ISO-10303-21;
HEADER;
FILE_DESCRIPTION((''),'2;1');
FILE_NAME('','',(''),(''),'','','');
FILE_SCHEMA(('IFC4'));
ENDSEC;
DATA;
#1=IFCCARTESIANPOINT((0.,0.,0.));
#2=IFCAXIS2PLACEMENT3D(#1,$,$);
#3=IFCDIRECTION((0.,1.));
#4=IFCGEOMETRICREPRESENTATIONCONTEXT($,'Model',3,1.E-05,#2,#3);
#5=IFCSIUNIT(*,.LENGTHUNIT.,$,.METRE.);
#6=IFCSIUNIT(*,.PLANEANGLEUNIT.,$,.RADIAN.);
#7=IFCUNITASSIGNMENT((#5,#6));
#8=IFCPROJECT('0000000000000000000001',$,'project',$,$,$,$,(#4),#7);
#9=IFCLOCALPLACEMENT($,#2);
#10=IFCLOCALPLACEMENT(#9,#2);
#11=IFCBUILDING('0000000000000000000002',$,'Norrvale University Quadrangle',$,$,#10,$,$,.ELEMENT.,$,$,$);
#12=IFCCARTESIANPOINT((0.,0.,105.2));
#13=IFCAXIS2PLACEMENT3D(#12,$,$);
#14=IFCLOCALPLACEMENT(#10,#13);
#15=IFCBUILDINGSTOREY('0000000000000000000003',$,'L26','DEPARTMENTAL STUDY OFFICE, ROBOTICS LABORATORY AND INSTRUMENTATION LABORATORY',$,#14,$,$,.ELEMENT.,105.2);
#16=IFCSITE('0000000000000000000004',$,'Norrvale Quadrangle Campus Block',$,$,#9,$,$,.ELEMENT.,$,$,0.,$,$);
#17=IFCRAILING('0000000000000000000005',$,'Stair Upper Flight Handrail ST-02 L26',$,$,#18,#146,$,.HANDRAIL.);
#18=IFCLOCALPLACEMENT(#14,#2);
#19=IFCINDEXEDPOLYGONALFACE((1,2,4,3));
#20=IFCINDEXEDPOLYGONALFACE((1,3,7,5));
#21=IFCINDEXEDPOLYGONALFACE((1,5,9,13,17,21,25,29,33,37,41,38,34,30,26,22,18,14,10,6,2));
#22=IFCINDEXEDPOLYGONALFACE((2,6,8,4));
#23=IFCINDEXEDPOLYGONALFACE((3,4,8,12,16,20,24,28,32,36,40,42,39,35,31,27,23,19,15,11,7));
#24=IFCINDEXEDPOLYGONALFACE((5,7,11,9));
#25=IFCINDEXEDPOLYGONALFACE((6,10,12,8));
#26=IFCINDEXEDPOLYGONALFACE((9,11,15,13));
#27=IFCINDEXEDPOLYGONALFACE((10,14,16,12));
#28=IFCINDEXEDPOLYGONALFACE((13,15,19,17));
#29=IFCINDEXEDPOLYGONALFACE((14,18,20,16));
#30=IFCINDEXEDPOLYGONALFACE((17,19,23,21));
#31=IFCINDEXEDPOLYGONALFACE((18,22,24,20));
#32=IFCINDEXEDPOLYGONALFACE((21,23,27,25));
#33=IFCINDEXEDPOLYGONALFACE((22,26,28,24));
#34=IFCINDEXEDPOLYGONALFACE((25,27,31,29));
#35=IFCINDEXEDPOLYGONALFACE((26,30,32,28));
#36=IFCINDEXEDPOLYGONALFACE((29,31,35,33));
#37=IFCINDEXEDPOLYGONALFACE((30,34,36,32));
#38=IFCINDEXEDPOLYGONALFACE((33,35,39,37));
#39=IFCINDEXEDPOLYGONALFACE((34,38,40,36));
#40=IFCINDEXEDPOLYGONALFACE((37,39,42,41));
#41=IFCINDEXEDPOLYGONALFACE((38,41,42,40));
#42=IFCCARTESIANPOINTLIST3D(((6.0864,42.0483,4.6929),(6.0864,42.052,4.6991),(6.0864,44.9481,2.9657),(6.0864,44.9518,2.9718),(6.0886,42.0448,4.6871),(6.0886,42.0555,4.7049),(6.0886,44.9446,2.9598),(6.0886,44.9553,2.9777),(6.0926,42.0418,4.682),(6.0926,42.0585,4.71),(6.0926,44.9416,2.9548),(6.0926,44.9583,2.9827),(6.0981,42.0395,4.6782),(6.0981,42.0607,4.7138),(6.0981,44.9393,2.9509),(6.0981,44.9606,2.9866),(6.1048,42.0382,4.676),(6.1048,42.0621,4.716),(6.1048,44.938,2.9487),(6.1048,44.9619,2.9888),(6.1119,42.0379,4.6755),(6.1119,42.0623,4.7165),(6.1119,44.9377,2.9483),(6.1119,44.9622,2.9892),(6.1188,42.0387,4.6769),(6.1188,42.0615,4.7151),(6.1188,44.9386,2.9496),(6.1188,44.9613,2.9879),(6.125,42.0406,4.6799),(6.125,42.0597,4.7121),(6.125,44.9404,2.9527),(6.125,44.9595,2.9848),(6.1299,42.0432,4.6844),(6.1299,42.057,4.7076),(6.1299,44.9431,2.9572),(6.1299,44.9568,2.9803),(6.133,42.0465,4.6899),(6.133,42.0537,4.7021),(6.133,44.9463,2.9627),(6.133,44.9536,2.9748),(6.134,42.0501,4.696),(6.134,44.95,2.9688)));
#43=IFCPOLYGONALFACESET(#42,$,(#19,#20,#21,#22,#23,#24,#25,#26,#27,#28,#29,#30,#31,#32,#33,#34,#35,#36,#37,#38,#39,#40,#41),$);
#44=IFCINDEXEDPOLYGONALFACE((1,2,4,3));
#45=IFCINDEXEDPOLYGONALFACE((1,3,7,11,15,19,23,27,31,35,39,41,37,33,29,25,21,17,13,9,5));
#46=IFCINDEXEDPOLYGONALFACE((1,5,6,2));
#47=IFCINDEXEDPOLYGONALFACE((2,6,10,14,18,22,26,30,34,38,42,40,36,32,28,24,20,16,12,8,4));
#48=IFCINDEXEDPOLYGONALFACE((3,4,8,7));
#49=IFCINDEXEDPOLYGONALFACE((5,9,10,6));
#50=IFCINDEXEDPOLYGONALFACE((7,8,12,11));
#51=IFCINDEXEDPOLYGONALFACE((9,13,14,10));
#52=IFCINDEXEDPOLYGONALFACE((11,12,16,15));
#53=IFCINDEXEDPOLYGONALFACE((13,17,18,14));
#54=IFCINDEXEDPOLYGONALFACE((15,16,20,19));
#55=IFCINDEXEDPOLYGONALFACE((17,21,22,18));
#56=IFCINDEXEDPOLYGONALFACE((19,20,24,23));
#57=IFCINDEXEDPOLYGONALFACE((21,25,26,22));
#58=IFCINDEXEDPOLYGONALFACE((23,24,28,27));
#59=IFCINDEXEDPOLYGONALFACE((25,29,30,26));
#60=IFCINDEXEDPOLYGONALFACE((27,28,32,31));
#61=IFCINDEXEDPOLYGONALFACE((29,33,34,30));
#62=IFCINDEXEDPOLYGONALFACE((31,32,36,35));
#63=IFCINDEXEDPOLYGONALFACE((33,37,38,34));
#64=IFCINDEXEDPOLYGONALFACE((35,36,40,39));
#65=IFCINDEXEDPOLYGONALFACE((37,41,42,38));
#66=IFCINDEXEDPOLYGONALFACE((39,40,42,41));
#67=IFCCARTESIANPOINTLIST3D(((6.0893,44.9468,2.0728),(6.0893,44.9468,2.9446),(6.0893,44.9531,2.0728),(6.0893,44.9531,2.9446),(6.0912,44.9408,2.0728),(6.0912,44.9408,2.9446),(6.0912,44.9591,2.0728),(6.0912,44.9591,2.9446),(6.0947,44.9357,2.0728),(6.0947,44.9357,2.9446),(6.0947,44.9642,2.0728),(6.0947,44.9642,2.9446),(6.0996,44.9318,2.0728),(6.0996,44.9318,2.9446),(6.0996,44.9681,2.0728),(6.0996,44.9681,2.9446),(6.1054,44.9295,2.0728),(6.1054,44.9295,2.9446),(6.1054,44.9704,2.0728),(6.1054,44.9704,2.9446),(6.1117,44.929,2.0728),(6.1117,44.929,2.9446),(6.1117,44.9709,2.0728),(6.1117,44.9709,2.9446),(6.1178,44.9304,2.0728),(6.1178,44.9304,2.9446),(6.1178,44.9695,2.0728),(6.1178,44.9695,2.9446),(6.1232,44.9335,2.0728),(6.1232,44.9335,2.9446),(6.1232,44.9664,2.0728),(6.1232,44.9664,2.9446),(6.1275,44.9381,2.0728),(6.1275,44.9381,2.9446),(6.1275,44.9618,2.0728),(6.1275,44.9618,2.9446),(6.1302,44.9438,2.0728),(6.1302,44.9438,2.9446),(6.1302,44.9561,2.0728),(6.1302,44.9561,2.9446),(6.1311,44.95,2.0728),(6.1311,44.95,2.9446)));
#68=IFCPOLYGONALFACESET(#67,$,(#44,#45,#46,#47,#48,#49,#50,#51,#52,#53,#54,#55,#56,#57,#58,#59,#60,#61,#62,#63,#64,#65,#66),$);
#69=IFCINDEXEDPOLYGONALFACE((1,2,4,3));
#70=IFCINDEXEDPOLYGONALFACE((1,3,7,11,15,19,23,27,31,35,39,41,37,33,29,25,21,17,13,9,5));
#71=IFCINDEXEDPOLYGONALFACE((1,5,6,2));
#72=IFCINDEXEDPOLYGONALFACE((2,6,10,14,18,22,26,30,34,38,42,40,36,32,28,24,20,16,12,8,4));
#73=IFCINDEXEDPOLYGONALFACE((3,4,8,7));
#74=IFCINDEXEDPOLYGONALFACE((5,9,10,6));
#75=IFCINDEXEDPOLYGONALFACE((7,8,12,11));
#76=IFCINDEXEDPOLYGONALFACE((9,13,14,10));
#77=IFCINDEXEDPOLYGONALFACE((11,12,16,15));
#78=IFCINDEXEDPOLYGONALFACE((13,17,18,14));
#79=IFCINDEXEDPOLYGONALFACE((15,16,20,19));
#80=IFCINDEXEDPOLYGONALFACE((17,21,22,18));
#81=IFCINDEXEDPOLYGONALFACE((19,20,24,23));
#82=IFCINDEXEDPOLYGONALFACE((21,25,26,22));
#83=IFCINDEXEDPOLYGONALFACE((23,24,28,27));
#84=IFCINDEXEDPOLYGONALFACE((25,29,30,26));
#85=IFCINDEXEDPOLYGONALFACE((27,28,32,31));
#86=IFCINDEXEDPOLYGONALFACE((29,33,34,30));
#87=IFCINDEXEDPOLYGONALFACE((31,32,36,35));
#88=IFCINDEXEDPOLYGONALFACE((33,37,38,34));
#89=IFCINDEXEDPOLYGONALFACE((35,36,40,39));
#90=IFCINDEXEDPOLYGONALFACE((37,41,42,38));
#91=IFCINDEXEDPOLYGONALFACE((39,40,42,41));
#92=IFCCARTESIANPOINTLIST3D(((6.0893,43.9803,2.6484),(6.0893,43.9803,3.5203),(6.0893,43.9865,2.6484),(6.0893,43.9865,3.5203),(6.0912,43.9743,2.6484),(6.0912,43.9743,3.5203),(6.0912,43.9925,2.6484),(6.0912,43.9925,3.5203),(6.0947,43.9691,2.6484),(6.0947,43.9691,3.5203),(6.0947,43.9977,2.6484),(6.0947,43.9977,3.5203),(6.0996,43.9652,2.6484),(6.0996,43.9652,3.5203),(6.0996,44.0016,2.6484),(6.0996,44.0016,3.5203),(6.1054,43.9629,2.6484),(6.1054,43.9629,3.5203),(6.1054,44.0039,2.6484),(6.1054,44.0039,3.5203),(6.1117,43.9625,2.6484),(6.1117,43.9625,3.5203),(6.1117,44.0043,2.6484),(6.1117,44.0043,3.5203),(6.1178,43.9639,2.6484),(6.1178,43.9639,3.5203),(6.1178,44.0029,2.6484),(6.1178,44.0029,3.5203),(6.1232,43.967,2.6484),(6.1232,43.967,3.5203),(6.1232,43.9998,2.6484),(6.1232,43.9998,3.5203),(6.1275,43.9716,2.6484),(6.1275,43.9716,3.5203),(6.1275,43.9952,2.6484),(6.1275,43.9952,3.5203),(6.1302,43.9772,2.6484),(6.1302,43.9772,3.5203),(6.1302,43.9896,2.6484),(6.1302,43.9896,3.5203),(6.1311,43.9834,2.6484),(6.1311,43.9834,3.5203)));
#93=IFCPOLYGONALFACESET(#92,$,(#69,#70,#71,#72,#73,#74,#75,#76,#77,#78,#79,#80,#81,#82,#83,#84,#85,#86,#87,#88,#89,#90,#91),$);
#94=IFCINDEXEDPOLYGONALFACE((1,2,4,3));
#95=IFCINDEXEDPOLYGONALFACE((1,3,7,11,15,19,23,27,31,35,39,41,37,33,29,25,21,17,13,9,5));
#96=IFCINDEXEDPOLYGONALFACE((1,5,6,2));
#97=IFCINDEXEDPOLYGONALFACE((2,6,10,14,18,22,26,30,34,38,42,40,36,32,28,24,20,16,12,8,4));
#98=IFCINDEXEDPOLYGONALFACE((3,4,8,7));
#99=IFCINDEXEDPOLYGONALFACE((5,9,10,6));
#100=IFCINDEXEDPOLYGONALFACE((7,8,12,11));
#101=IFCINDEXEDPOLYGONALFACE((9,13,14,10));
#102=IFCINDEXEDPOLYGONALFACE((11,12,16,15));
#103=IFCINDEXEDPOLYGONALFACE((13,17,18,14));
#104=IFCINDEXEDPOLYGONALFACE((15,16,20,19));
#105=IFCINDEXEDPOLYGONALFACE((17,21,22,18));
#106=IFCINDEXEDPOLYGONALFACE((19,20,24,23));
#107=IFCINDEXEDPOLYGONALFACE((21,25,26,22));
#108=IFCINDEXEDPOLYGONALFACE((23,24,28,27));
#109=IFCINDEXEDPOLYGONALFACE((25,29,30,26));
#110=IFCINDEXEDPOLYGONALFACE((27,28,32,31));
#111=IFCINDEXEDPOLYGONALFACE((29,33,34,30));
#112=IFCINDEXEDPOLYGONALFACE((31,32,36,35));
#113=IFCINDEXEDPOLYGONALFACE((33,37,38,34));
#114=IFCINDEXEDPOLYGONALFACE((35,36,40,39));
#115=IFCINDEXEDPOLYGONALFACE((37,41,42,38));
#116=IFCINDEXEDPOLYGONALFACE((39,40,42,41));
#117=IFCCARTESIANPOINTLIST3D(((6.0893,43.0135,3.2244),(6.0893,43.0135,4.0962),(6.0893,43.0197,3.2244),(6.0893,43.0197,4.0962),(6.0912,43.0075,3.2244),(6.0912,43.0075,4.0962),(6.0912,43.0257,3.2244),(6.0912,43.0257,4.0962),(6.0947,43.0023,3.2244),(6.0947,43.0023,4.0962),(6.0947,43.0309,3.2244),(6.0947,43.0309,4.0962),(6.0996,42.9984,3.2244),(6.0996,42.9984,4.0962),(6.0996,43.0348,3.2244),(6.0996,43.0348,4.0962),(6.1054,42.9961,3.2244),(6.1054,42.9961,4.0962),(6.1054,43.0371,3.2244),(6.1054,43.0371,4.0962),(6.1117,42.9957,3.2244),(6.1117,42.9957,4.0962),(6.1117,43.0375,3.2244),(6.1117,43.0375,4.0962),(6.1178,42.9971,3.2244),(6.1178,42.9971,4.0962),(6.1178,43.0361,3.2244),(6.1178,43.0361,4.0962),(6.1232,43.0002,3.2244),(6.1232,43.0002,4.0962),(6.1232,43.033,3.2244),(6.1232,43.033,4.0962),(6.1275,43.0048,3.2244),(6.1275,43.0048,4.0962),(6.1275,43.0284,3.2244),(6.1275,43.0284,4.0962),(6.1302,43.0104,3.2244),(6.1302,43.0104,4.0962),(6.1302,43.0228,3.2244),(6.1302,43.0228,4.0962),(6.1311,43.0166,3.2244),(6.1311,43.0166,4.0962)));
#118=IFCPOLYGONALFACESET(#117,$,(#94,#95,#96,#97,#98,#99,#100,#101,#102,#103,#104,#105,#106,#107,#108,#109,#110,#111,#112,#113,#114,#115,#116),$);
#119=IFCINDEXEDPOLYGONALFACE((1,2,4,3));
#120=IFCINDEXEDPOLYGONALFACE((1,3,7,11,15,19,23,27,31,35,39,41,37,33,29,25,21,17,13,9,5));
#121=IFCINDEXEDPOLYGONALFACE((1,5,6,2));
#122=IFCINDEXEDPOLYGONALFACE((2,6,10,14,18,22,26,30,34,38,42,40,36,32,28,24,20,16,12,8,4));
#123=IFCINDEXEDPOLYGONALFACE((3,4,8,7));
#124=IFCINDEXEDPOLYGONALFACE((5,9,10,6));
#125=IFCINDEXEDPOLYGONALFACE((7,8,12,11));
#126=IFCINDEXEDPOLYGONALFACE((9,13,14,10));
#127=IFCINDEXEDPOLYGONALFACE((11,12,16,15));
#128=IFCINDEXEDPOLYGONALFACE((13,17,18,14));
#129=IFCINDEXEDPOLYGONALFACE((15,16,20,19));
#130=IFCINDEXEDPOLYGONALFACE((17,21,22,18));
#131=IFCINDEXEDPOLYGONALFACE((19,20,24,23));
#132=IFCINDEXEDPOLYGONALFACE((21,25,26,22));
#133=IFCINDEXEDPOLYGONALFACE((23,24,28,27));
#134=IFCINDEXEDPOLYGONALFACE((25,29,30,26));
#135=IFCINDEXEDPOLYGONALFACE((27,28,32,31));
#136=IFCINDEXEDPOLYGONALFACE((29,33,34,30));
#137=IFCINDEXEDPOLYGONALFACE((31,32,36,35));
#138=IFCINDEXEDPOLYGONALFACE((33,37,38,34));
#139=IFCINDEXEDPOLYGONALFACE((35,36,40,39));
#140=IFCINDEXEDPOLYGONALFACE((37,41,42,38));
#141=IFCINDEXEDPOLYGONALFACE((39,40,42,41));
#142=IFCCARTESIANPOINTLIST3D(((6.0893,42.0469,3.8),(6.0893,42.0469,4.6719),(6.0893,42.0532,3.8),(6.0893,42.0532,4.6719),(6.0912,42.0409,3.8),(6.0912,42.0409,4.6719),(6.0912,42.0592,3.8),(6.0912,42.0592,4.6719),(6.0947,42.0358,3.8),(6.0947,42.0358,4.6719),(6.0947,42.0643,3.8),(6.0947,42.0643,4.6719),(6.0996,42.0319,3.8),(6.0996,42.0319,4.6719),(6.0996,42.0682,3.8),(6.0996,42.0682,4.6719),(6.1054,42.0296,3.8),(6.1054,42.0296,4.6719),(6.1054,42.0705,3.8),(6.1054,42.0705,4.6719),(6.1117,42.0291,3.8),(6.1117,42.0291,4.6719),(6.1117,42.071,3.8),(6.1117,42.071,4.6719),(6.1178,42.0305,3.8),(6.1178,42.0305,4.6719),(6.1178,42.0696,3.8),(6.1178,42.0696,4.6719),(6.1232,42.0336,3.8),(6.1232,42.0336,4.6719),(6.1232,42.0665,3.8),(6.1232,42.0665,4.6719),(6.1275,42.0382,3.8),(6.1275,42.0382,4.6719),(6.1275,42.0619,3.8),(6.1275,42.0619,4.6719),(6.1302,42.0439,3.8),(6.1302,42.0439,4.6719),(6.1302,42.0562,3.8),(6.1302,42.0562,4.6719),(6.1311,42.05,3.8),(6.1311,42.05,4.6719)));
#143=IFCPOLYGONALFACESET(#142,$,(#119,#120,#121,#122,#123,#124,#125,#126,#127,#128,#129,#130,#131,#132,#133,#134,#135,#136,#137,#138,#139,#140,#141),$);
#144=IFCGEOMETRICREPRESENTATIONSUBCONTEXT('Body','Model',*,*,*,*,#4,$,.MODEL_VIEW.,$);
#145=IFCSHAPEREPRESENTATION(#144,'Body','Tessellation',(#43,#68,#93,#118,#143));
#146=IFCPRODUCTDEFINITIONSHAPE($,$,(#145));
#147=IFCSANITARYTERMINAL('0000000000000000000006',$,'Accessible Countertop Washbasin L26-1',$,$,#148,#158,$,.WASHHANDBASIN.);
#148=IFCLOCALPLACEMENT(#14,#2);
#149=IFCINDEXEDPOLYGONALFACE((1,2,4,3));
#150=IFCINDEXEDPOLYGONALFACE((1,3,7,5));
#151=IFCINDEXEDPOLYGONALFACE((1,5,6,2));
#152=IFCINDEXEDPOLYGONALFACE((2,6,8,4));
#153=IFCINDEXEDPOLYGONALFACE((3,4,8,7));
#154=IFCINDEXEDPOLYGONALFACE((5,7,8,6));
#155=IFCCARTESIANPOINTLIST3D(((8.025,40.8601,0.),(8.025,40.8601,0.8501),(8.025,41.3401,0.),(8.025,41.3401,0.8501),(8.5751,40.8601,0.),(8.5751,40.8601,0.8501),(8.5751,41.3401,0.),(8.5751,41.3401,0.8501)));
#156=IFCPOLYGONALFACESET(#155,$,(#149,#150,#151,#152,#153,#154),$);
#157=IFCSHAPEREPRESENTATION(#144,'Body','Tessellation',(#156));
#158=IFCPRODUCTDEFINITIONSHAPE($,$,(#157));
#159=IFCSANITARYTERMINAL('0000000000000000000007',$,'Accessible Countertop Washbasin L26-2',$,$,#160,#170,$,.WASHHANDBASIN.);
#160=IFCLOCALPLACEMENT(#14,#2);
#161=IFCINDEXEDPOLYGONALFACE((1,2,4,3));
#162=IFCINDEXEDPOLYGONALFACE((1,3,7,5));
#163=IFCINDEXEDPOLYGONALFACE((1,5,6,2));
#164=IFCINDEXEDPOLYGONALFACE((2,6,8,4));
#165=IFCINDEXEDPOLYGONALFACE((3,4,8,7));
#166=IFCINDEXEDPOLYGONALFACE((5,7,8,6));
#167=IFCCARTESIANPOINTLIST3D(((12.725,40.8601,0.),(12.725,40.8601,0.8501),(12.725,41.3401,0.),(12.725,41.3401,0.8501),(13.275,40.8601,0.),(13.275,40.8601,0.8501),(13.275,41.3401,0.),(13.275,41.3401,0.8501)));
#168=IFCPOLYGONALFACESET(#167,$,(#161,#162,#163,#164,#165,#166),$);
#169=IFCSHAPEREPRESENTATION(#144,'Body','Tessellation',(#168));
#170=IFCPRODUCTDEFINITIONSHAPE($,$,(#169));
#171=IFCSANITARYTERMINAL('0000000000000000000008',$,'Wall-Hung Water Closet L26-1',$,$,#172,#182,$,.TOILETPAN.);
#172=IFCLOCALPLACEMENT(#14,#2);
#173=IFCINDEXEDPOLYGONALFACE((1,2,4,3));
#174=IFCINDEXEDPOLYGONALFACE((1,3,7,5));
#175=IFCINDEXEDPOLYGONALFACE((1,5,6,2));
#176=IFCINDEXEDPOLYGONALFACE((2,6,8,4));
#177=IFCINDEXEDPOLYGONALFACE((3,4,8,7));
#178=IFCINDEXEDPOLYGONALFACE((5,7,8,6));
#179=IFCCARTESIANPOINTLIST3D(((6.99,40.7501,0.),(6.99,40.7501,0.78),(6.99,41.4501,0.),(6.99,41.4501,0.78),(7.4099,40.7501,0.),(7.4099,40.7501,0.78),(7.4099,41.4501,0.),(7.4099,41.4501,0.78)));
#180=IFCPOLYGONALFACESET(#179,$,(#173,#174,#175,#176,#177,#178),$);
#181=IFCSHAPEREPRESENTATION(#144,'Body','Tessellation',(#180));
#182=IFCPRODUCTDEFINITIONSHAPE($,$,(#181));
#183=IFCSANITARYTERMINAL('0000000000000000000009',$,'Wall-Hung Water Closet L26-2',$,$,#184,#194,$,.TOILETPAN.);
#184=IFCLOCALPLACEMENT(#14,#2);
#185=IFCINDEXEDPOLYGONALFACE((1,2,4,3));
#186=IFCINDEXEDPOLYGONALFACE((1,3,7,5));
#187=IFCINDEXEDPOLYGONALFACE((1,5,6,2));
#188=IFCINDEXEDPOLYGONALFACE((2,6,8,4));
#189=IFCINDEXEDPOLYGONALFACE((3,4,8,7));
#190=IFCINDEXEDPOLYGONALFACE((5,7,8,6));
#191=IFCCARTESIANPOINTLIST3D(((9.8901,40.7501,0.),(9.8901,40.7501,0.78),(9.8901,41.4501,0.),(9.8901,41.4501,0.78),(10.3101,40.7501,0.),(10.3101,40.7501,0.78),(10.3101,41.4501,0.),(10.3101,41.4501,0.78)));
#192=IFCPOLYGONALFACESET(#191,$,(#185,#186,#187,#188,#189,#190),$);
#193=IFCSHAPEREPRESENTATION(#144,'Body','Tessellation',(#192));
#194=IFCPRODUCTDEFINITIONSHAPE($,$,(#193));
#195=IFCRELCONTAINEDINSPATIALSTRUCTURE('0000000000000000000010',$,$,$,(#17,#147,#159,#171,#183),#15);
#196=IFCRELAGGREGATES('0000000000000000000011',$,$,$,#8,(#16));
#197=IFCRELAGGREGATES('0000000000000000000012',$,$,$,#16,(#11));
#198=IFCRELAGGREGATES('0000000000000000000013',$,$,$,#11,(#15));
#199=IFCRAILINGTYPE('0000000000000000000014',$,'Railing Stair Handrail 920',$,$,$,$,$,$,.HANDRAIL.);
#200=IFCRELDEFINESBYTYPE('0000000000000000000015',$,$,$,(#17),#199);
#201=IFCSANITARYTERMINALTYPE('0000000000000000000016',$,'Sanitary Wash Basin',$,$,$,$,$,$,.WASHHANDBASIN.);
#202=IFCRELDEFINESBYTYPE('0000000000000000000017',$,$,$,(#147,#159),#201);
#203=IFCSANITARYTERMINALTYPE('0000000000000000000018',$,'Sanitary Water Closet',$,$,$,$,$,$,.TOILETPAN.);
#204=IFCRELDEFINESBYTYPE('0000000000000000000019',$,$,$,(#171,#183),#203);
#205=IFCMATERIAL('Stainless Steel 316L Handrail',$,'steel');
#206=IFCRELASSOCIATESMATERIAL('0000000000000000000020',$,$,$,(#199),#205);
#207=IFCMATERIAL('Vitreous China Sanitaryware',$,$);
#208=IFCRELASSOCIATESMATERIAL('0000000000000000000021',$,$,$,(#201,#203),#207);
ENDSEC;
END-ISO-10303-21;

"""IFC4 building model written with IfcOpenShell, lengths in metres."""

from ifc_helpers import new_model, si_unit, direction, frame, origin, origin_2d, place, context, subcontext, project, spatial, rectangle, circle, extrude, material, type_object, element, save


model = new_model("IFC4")

# Units and contexts
model_context = context("Model", 3, precision=1e-05, world=origin(), true_north=direction((0.0, 1.0)))
body_context = subcontext(model_context, "Body", "Model", "MODEL_VIEW")
ifc_project = project(units=[si_unit("LENGTHUNIT", "METRE"), si_unit("PLANEANGLEUNIT", "RADIAN")], contexts=[model_context])

# Site, building, storey
site_placement = place(None, origin())
site = spatial("IfcSite", under=ifc_project, at=site_placement, Name="Norrvale Quadrangle Campus Block", CompositionType="ELEMENT", RefElevation=0.0)
building_placement = place(site_placement, origin())
building = spatial("IfcBuilding", under=site, at=building_placement, Name="Norrvale University Quadrangle", CompositionType="ELEMENT")
storey_placement = place(building_placement, frame((0.0, 0.0, 105.2)))
storey = spatial("IfcBuildingStorey", under=building, at=storey_placement, Name="L26", Description="DEPARTMENTAL STUDY OFFICE, ROBOTICS LABORATORY AND INSTRUMENTATION LABORATORY", CompositionType="ELEMENT", Elevation=105.2)

# Railing
ifc_material_1 = material(Name="Stainless Steel 316L Handrail", Category="steel")
railing_type_1 = type_object("IfcRailingType", Name="Railing Stair Handrail 920", PredefinedType="HANDRAIL", material=ifc_material_1)
railing_1_placement = place(storey_placement, frame((6.1101, 44.95, 2.0728)))
element("IfcRailing", 1, at=railing_1_placement, inside=storey, type_object=railing_type_1, Name="Stair Upper Flight Handrail ST-02 L26", PredefinedType="HANDRAIL", context=body_context, shape_type="SweptSolid", body=[
    extrude(circle(Radius=0.0239, at=origin_2d()), frame((0.0, 0.0, 0.896), z_axis=(0.0, -0.859141, 0.511738), x_axis=(1.0, 0.0, 0.0)), (0.0, 0.0, 1.0), 3.3752),
    extrude(circle(Radius=0.021, at=origin_2d()), origin(), (0.0, 0.0, 1.0), 0.8718),
    extrude(circle(Radius=0.021, at=origin_2d()), frame((0.0, -0.9666, 0.5757)), (0.0, 0.0, 1.0), 0.8718),
    extrude(circle(Radius=0.021, at=origin_2d()), frame((0.0, -1.9333, 1.1516)), (0.0, 0.0, 1.0), 0.8718),
    extrude(circle(Radius=0.021, at=origin_2d()), frame((0.0, -2.8999, 1.7273)), (0.0, 0.0, 1.0), 0.8718),
])

# Sanitary terminals
ifc_material_2 = material(Name="Vitreous China Sanitaryware")
sanitary_terminal_type_1 = type_object("IfcSanitaryTerminalType", Name="Sanitary Wash Basin", PredefinedType="WASHHANDBASIN", material=ifc_material_2)
for number, where, z_axis, x_axis, name in (
    (2, (8.3, 41.1001, 0.0), (0.0, 0.0, 1.0), (1.0, 0.0, 0.0), "Accessible Countertop Washbasin L26-1"),
    (3, (13.0, 41.1001, 0.0), (0.0, 0.0, 1.0), (1.0, 0.0, 0.0), "Accessible Countertop Washbasin L26-2"),
):
    element("IfcSanitaryTerminal", number, at=place(storey_placement, frame(where, z_axis=z_axis, x_axis=x_axis)), inside=storey, type_object=sanitary_terminal_type_1, Name=name, PredefinedType="WASHHANDBASIN", context=body_context, shape_type="SweptSolid", body=[
        extrude(rectangle(XDim=0.55, YDim=0.48, at=origin_2d()), origin(), (0.0, 0.0, 1.0), 0.8501),
    ])
sanitary_terminal_type_2 = type_object("IfcSanitaryTerminalType", Name="Sanitary Water Closet", PredefinedType="TOILETPAN", material=ifc_material_2)
for number, where, z_axis, x_axis, name in (
    (4, (7.2, 41.1001, 0.0), (0.0, 0.0, 1.0), (1.0, 0.0, 0.0), "Wall-Hung Water Closet L26-1"),
    (5, (10.1001, 41.1001, 0.0), (0.0, 0.0, 1.0), (1.0, 0.0, 0.0), "Wall-Hung Water Closet L26-2"),
):
    element("IfcSanitaryTerminal", number, at=place(storey_placement, frame(where, z_axis=z_axis, x_axis=x_axis)), inside=storey, type_object=sanitary_terminal_type_2, Name=name, PredefinedType="TOILETPAN", context=body_context, shape_type="SweptSolid", body=[
        extrude(rectangle(XDim=0.4199, YDim=0.7, at=origin_2d()), origin(), (0.0, 0.0, 1.0), 0.78),
    ])

save(model, "model.ifc")
